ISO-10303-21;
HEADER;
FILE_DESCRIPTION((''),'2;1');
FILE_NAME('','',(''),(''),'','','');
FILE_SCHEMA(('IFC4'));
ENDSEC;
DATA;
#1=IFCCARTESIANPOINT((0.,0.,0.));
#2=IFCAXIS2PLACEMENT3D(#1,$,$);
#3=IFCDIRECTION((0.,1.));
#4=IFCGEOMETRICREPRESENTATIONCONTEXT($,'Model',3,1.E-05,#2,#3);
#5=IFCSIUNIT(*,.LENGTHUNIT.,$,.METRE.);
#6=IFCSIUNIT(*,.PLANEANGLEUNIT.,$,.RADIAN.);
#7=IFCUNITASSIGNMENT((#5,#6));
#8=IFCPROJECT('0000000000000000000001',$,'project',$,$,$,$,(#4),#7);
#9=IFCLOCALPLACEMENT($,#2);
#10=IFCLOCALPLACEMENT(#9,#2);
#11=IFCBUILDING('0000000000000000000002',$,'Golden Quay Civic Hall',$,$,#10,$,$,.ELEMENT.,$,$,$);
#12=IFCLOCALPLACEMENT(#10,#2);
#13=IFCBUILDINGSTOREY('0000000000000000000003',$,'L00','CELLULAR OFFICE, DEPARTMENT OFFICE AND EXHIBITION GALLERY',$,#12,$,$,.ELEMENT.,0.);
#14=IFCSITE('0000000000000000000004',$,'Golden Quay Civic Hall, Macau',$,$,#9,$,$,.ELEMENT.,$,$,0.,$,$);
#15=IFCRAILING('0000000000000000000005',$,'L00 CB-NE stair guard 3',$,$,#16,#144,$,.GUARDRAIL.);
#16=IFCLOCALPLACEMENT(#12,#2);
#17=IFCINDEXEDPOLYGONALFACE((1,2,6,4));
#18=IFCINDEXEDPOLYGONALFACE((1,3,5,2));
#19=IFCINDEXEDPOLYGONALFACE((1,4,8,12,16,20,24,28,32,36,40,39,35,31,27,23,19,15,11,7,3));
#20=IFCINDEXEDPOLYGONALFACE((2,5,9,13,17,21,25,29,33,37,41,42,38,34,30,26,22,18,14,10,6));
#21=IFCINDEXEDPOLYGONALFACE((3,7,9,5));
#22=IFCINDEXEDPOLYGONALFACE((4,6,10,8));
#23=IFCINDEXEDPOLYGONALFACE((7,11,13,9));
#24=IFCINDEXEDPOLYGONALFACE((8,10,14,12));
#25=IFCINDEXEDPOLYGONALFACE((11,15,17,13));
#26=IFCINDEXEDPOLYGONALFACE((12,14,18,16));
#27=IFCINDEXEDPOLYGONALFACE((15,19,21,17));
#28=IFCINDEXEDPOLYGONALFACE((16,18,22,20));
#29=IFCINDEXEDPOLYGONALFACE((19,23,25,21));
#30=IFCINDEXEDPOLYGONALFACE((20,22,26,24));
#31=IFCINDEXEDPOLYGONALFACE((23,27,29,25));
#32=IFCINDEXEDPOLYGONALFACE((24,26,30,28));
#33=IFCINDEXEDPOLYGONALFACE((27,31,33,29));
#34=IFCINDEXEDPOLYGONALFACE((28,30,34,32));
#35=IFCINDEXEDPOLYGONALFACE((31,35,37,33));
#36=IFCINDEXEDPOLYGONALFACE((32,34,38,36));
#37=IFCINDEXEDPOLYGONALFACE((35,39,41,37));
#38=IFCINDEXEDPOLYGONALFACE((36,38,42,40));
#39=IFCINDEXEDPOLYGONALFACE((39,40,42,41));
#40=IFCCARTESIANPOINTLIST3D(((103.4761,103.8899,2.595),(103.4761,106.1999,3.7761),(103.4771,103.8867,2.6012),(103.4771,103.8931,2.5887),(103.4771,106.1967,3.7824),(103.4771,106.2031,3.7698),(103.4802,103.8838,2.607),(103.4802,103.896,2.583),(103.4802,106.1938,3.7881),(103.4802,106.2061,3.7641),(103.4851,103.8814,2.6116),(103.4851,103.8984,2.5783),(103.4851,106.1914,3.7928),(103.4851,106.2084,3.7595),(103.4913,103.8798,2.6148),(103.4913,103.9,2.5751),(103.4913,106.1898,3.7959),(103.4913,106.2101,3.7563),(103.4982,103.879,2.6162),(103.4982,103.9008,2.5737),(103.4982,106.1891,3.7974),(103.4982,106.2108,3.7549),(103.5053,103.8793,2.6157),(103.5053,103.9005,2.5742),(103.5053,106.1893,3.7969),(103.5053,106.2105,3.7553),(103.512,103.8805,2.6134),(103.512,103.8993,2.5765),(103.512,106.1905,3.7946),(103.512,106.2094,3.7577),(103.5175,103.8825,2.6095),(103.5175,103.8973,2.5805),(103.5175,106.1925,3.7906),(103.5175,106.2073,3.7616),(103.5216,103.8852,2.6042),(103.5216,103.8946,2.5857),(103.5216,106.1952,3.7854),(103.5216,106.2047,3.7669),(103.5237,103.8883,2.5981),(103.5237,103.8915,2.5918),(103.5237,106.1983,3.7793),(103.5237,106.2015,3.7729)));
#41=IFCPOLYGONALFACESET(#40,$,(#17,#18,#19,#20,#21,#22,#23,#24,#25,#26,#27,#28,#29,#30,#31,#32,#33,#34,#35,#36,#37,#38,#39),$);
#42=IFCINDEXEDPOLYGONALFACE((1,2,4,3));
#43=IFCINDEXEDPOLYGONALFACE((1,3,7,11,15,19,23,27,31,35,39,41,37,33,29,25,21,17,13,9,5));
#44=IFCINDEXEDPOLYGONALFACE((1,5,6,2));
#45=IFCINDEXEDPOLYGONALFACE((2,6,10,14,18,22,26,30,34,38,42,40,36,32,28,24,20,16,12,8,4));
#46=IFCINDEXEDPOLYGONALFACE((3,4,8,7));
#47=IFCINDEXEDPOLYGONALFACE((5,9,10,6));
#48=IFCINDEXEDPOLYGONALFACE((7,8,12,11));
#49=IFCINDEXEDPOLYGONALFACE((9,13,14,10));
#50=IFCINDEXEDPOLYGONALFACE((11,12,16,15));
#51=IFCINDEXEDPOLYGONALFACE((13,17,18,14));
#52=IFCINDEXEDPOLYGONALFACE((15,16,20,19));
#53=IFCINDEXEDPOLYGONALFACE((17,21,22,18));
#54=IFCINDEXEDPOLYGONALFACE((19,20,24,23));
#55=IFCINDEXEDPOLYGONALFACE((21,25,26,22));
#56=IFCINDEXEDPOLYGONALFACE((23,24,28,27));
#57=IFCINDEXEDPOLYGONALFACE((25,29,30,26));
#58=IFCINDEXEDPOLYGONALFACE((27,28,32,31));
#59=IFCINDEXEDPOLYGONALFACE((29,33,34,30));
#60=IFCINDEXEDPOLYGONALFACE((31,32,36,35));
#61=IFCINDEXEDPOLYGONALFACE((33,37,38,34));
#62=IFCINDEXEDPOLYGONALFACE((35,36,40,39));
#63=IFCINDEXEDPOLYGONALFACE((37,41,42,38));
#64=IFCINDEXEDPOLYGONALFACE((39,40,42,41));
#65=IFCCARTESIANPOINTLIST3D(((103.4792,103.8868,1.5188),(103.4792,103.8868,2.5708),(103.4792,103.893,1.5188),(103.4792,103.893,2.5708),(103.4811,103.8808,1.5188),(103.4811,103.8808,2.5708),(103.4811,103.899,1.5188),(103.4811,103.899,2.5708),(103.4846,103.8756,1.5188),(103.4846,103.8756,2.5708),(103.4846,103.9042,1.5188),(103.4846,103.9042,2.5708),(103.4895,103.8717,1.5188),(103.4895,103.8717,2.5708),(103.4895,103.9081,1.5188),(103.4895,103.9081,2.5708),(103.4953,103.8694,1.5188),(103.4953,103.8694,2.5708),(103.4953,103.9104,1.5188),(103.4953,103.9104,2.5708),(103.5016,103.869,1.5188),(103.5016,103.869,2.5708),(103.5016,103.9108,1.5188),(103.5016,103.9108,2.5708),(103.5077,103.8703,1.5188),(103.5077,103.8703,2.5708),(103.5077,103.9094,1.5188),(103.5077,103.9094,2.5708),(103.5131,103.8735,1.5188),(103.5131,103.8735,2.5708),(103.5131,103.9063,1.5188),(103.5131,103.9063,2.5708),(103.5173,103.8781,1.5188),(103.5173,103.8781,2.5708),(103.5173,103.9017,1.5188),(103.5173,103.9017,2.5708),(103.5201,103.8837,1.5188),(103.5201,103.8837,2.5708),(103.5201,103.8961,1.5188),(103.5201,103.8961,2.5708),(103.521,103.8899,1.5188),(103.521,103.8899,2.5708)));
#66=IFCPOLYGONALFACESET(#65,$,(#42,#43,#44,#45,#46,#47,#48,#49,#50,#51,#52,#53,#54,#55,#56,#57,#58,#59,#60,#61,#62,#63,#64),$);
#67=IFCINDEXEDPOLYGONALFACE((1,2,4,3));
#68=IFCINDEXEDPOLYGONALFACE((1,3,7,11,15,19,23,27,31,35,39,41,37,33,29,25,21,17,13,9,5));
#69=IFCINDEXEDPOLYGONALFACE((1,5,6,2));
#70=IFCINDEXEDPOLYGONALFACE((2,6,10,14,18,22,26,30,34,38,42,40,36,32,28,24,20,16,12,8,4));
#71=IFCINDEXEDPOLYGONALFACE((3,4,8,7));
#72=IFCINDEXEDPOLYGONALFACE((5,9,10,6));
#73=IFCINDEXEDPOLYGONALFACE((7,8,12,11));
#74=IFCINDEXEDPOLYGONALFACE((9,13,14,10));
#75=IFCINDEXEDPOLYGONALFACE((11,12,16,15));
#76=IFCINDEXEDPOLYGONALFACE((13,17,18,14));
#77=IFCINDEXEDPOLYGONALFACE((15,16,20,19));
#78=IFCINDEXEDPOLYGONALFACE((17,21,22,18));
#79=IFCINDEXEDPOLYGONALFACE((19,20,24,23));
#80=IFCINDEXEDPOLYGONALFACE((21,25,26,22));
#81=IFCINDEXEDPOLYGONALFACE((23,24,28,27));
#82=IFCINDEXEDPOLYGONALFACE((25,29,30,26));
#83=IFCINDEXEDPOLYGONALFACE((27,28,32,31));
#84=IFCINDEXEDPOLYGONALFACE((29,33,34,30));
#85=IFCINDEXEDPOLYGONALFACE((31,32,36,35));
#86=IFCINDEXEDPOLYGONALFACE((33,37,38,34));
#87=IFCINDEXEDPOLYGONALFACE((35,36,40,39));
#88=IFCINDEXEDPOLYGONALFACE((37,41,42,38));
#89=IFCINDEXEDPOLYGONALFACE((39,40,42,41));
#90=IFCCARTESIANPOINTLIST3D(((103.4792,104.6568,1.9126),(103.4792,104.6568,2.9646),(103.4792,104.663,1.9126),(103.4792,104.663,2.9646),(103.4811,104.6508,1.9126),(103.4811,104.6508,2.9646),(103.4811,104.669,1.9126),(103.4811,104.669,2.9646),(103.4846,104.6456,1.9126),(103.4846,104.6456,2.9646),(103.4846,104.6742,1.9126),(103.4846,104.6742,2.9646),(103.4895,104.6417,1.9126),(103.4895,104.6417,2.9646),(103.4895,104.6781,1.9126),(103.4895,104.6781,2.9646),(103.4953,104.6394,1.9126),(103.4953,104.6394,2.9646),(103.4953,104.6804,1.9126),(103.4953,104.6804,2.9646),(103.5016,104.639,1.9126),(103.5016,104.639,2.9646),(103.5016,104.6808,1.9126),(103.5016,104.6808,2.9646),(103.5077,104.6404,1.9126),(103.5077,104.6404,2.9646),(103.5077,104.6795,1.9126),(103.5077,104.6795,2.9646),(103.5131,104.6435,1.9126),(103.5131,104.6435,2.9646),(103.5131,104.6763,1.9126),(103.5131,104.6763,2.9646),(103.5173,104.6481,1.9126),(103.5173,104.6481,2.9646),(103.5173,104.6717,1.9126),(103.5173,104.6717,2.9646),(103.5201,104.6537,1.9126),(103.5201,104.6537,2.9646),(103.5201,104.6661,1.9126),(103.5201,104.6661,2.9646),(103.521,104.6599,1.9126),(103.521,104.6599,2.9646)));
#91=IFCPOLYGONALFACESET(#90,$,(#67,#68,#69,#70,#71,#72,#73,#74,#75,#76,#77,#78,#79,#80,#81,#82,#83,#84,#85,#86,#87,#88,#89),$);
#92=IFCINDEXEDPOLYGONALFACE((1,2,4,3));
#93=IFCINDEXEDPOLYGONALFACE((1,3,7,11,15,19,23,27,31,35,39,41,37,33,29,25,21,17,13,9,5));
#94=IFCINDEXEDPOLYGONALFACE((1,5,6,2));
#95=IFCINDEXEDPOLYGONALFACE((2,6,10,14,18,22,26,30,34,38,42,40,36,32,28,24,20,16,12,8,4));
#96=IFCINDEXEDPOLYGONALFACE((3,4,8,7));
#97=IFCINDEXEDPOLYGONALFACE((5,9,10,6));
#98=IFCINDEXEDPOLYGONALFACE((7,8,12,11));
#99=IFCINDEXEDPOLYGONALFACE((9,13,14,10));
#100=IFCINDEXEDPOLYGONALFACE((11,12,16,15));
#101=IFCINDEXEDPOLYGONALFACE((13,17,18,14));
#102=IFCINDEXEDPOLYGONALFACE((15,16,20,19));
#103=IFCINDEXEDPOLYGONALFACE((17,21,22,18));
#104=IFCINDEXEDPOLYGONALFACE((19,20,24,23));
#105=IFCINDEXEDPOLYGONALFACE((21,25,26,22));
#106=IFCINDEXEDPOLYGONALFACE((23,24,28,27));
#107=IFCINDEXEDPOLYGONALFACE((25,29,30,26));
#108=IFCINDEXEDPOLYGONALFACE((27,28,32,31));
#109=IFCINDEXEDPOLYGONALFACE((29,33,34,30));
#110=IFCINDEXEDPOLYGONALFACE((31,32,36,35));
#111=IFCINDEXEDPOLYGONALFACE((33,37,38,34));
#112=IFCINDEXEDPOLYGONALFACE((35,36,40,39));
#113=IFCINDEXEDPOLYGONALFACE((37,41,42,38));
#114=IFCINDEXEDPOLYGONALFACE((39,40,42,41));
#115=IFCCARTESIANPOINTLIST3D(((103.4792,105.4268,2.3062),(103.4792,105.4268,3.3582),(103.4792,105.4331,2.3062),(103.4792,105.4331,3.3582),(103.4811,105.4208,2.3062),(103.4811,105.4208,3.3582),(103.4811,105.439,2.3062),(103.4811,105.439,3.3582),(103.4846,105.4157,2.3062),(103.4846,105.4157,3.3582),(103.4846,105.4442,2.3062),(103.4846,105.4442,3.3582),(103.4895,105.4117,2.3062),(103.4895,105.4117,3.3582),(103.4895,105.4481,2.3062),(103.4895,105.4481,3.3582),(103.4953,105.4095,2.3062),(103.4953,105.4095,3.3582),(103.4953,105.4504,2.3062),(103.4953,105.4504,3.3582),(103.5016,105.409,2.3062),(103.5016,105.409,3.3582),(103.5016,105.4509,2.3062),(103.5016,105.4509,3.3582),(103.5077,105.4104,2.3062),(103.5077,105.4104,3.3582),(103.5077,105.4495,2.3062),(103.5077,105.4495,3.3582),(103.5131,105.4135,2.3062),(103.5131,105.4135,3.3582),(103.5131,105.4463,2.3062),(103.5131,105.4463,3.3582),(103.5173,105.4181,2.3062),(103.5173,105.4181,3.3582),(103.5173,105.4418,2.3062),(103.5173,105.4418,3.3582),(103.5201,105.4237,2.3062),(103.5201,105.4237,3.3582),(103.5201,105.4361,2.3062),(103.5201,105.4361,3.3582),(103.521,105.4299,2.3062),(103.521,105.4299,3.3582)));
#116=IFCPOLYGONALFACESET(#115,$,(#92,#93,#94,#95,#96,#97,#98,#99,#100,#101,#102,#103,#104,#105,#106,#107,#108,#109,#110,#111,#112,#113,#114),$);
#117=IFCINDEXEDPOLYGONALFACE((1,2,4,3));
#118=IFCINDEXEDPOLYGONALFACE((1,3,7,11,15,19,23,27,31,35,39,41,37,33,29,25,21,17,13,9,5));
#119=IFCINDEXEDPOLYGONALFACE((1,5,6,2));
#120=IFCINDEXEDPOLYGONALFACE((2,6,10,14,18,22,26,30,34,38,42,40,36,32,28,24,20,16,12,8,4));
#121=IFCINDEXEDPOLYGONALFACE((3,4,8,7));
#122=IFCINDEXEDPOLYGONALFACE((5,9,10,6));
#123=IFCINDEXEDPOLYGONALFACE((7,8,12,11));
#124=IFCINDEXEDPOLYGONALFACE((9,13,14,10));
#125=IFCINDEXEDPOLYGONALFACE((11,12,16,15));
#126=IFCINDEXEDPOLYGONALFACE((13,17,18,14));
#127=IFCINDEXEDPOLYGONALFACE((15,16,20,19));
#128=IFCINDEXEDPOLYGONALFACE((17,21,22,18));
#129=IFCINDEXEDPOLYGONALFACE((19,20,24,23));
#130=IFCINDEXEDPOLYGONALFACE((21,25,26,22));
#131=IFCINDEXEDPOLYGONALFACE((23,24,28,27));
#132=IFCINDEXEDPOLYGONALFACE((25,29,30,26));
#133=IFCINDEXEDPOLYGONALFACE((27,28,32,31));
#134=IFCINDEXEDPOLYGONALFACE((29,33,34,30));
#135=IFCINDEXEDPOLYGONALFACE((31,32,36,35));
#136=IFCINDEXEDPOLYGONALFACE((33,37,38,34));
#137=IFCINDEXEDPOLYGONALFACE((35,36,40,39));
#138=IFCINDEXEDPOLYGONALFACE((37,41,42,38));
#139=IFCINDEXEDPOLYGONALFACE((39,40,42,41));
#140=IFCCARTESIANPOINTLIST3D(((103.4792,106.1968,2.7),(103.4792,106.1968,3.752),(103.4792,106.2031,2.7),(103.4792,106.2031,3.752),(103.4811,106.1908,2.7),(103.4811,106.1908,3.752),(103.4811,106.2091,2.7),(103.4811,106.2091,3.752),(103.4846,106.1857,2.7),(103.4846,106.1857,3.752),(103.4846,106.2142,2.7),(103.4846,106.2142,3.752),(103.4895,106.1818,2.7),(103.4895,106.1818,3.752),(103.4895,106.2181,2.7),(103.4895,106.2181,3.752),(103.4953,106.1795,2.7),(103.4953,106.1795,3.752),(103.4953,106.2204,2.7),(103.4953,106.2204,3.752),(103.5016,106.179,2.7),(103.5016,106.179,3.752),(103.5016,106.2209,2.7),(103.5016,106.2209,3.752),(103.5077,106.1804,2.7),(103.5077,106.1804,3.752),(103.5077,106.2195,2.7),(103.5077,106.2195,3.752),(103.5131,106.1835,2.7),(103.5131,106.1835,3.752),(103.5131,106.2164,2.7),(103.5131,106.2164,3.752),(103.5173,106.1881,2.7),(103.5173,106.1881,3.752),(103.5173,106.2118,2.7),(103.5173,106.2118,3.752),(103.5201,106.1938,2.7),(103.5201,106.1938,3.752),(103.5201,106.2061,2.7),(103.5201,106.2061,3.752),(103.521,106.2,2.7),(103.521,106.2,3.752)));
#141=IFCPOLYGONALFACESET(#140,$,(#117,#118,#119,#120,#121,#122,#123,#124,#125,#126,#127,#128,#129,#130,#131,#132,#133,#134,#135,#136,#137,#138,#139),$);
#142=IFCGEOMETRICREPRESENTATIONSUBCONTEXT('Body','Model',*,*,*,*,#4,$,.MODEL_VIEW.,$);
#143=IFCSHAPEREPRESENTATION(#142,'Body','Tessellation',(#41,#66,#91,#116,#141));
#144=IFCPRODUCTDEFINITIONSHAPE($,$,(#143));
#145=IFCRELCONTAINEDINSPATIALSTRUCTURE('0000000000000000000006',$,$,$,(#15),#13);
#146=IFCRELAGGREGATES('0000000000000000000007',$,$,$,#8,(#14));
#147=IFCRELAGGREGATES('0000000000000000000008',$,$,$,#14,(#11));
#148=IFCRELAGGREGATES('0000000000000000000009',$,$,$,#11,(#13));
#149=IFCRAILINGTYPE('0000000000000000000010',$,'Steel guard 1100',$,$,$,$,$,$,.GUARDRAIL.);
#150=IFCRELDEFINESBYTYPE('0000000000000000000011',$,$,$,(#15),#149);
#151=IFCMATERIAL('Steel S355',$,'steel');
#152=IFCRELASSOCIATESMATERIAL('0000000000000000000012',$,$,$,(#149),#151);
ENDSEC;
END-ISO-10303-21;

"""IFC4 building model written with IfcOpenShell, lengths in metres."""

from ifc_helpers import new_model, si_unit, direction, frame, origin, origin_2d, place, context, subcontext, project, spatial, circle, extrude, material, type_object, element, save


model = new_model("IFC4")

# Units and contexts
model_context = context("Model", 3, precision=1e-05, world=origin(), true_north=direction((0.0, 1.0)))
body_context = subcontext(model_context, "Body", "Model", "MODEL_VIEW")
ifc_project = project(units=[si_unit("LENGTHUNIT", "METRE"), si_unit("PLANEANGLEUNIT", "RADIAN")], contexts=[model_context])

# Site, building, storey
site_placement = place(None, origin())
site = spatial("IfcSite", under=ifc_project, at=site_placement, Name="Golden Quay Civic Hall, Macau", CompositionType="ELEMENT", RefElevation=0.0)
building_placement = place(site_placement, origin())
building = spatial("IfcBuilding", under=site, at=building_placement, Name="Golden Quay Civic Hall", CompositionType="ELEMENT")
storey_placement = place(building_placement, origin())
storey = spatial("IfcBuildingStorey", under=building, at=storey_placement, Name="L00", Description="CELLULAR OFFICE, DEPARTMENT OFFICE AND EXHIBITION GALLERY", CompositionType="ELEMENT", Elevation=0.0)

# Railing
ifc_material_1 = material(Name="Steel S355", Category="steel")
railing_type = type_object("IfcRailingType", Name="Steel guard 1100", PredefinedType="GUARDRAIL", material=ifc_material_1)
railing_1_placement = place(storey_placement, frame((103.5, 103.8899, 1.5188)))
element("IfcRailing", 1, at=railing_1_placement, inside=storey, type_object=railing_type, Name="L00 CB-NE stair guard 3", PredefinedType="GUARDRAIL", context=body_context, shape_type="SweptSolid", body=[
    extrude(circle(Radius=0.0239, at=origin_2d()), frame((0.0, 0.0, 1.0762), z_axis=(0.0, 0.890363, 0.45525), x_axis=(-1.0, 0.0, 0.0)), (0.0, 0.0, 1.0), 2.5945),
    extrude(circle(Radius=0.021, at=origin_2d()), origin(), (0.0, 0.0, 1.0), 1.052),
    extrude(circle(Radius=0.021, at=origin_2d()), frame((0.0, 0.77, 0.3938)), (0.0, 0.0, 1.0), 1.052),
    extrude(circle(Radius=0.021, at=origin_2d()), frame((0.0, 1.54, 0.7874)), (0.0, 0.0, 1.0), 1.052),
    extrude(circle(Radius=0.021, at=origin_2d()), frame((0.0, 2.3101, 1.1812)), (0.0, 0.0, 1.0), 1.052),
])

save(model, "model.ifc")
